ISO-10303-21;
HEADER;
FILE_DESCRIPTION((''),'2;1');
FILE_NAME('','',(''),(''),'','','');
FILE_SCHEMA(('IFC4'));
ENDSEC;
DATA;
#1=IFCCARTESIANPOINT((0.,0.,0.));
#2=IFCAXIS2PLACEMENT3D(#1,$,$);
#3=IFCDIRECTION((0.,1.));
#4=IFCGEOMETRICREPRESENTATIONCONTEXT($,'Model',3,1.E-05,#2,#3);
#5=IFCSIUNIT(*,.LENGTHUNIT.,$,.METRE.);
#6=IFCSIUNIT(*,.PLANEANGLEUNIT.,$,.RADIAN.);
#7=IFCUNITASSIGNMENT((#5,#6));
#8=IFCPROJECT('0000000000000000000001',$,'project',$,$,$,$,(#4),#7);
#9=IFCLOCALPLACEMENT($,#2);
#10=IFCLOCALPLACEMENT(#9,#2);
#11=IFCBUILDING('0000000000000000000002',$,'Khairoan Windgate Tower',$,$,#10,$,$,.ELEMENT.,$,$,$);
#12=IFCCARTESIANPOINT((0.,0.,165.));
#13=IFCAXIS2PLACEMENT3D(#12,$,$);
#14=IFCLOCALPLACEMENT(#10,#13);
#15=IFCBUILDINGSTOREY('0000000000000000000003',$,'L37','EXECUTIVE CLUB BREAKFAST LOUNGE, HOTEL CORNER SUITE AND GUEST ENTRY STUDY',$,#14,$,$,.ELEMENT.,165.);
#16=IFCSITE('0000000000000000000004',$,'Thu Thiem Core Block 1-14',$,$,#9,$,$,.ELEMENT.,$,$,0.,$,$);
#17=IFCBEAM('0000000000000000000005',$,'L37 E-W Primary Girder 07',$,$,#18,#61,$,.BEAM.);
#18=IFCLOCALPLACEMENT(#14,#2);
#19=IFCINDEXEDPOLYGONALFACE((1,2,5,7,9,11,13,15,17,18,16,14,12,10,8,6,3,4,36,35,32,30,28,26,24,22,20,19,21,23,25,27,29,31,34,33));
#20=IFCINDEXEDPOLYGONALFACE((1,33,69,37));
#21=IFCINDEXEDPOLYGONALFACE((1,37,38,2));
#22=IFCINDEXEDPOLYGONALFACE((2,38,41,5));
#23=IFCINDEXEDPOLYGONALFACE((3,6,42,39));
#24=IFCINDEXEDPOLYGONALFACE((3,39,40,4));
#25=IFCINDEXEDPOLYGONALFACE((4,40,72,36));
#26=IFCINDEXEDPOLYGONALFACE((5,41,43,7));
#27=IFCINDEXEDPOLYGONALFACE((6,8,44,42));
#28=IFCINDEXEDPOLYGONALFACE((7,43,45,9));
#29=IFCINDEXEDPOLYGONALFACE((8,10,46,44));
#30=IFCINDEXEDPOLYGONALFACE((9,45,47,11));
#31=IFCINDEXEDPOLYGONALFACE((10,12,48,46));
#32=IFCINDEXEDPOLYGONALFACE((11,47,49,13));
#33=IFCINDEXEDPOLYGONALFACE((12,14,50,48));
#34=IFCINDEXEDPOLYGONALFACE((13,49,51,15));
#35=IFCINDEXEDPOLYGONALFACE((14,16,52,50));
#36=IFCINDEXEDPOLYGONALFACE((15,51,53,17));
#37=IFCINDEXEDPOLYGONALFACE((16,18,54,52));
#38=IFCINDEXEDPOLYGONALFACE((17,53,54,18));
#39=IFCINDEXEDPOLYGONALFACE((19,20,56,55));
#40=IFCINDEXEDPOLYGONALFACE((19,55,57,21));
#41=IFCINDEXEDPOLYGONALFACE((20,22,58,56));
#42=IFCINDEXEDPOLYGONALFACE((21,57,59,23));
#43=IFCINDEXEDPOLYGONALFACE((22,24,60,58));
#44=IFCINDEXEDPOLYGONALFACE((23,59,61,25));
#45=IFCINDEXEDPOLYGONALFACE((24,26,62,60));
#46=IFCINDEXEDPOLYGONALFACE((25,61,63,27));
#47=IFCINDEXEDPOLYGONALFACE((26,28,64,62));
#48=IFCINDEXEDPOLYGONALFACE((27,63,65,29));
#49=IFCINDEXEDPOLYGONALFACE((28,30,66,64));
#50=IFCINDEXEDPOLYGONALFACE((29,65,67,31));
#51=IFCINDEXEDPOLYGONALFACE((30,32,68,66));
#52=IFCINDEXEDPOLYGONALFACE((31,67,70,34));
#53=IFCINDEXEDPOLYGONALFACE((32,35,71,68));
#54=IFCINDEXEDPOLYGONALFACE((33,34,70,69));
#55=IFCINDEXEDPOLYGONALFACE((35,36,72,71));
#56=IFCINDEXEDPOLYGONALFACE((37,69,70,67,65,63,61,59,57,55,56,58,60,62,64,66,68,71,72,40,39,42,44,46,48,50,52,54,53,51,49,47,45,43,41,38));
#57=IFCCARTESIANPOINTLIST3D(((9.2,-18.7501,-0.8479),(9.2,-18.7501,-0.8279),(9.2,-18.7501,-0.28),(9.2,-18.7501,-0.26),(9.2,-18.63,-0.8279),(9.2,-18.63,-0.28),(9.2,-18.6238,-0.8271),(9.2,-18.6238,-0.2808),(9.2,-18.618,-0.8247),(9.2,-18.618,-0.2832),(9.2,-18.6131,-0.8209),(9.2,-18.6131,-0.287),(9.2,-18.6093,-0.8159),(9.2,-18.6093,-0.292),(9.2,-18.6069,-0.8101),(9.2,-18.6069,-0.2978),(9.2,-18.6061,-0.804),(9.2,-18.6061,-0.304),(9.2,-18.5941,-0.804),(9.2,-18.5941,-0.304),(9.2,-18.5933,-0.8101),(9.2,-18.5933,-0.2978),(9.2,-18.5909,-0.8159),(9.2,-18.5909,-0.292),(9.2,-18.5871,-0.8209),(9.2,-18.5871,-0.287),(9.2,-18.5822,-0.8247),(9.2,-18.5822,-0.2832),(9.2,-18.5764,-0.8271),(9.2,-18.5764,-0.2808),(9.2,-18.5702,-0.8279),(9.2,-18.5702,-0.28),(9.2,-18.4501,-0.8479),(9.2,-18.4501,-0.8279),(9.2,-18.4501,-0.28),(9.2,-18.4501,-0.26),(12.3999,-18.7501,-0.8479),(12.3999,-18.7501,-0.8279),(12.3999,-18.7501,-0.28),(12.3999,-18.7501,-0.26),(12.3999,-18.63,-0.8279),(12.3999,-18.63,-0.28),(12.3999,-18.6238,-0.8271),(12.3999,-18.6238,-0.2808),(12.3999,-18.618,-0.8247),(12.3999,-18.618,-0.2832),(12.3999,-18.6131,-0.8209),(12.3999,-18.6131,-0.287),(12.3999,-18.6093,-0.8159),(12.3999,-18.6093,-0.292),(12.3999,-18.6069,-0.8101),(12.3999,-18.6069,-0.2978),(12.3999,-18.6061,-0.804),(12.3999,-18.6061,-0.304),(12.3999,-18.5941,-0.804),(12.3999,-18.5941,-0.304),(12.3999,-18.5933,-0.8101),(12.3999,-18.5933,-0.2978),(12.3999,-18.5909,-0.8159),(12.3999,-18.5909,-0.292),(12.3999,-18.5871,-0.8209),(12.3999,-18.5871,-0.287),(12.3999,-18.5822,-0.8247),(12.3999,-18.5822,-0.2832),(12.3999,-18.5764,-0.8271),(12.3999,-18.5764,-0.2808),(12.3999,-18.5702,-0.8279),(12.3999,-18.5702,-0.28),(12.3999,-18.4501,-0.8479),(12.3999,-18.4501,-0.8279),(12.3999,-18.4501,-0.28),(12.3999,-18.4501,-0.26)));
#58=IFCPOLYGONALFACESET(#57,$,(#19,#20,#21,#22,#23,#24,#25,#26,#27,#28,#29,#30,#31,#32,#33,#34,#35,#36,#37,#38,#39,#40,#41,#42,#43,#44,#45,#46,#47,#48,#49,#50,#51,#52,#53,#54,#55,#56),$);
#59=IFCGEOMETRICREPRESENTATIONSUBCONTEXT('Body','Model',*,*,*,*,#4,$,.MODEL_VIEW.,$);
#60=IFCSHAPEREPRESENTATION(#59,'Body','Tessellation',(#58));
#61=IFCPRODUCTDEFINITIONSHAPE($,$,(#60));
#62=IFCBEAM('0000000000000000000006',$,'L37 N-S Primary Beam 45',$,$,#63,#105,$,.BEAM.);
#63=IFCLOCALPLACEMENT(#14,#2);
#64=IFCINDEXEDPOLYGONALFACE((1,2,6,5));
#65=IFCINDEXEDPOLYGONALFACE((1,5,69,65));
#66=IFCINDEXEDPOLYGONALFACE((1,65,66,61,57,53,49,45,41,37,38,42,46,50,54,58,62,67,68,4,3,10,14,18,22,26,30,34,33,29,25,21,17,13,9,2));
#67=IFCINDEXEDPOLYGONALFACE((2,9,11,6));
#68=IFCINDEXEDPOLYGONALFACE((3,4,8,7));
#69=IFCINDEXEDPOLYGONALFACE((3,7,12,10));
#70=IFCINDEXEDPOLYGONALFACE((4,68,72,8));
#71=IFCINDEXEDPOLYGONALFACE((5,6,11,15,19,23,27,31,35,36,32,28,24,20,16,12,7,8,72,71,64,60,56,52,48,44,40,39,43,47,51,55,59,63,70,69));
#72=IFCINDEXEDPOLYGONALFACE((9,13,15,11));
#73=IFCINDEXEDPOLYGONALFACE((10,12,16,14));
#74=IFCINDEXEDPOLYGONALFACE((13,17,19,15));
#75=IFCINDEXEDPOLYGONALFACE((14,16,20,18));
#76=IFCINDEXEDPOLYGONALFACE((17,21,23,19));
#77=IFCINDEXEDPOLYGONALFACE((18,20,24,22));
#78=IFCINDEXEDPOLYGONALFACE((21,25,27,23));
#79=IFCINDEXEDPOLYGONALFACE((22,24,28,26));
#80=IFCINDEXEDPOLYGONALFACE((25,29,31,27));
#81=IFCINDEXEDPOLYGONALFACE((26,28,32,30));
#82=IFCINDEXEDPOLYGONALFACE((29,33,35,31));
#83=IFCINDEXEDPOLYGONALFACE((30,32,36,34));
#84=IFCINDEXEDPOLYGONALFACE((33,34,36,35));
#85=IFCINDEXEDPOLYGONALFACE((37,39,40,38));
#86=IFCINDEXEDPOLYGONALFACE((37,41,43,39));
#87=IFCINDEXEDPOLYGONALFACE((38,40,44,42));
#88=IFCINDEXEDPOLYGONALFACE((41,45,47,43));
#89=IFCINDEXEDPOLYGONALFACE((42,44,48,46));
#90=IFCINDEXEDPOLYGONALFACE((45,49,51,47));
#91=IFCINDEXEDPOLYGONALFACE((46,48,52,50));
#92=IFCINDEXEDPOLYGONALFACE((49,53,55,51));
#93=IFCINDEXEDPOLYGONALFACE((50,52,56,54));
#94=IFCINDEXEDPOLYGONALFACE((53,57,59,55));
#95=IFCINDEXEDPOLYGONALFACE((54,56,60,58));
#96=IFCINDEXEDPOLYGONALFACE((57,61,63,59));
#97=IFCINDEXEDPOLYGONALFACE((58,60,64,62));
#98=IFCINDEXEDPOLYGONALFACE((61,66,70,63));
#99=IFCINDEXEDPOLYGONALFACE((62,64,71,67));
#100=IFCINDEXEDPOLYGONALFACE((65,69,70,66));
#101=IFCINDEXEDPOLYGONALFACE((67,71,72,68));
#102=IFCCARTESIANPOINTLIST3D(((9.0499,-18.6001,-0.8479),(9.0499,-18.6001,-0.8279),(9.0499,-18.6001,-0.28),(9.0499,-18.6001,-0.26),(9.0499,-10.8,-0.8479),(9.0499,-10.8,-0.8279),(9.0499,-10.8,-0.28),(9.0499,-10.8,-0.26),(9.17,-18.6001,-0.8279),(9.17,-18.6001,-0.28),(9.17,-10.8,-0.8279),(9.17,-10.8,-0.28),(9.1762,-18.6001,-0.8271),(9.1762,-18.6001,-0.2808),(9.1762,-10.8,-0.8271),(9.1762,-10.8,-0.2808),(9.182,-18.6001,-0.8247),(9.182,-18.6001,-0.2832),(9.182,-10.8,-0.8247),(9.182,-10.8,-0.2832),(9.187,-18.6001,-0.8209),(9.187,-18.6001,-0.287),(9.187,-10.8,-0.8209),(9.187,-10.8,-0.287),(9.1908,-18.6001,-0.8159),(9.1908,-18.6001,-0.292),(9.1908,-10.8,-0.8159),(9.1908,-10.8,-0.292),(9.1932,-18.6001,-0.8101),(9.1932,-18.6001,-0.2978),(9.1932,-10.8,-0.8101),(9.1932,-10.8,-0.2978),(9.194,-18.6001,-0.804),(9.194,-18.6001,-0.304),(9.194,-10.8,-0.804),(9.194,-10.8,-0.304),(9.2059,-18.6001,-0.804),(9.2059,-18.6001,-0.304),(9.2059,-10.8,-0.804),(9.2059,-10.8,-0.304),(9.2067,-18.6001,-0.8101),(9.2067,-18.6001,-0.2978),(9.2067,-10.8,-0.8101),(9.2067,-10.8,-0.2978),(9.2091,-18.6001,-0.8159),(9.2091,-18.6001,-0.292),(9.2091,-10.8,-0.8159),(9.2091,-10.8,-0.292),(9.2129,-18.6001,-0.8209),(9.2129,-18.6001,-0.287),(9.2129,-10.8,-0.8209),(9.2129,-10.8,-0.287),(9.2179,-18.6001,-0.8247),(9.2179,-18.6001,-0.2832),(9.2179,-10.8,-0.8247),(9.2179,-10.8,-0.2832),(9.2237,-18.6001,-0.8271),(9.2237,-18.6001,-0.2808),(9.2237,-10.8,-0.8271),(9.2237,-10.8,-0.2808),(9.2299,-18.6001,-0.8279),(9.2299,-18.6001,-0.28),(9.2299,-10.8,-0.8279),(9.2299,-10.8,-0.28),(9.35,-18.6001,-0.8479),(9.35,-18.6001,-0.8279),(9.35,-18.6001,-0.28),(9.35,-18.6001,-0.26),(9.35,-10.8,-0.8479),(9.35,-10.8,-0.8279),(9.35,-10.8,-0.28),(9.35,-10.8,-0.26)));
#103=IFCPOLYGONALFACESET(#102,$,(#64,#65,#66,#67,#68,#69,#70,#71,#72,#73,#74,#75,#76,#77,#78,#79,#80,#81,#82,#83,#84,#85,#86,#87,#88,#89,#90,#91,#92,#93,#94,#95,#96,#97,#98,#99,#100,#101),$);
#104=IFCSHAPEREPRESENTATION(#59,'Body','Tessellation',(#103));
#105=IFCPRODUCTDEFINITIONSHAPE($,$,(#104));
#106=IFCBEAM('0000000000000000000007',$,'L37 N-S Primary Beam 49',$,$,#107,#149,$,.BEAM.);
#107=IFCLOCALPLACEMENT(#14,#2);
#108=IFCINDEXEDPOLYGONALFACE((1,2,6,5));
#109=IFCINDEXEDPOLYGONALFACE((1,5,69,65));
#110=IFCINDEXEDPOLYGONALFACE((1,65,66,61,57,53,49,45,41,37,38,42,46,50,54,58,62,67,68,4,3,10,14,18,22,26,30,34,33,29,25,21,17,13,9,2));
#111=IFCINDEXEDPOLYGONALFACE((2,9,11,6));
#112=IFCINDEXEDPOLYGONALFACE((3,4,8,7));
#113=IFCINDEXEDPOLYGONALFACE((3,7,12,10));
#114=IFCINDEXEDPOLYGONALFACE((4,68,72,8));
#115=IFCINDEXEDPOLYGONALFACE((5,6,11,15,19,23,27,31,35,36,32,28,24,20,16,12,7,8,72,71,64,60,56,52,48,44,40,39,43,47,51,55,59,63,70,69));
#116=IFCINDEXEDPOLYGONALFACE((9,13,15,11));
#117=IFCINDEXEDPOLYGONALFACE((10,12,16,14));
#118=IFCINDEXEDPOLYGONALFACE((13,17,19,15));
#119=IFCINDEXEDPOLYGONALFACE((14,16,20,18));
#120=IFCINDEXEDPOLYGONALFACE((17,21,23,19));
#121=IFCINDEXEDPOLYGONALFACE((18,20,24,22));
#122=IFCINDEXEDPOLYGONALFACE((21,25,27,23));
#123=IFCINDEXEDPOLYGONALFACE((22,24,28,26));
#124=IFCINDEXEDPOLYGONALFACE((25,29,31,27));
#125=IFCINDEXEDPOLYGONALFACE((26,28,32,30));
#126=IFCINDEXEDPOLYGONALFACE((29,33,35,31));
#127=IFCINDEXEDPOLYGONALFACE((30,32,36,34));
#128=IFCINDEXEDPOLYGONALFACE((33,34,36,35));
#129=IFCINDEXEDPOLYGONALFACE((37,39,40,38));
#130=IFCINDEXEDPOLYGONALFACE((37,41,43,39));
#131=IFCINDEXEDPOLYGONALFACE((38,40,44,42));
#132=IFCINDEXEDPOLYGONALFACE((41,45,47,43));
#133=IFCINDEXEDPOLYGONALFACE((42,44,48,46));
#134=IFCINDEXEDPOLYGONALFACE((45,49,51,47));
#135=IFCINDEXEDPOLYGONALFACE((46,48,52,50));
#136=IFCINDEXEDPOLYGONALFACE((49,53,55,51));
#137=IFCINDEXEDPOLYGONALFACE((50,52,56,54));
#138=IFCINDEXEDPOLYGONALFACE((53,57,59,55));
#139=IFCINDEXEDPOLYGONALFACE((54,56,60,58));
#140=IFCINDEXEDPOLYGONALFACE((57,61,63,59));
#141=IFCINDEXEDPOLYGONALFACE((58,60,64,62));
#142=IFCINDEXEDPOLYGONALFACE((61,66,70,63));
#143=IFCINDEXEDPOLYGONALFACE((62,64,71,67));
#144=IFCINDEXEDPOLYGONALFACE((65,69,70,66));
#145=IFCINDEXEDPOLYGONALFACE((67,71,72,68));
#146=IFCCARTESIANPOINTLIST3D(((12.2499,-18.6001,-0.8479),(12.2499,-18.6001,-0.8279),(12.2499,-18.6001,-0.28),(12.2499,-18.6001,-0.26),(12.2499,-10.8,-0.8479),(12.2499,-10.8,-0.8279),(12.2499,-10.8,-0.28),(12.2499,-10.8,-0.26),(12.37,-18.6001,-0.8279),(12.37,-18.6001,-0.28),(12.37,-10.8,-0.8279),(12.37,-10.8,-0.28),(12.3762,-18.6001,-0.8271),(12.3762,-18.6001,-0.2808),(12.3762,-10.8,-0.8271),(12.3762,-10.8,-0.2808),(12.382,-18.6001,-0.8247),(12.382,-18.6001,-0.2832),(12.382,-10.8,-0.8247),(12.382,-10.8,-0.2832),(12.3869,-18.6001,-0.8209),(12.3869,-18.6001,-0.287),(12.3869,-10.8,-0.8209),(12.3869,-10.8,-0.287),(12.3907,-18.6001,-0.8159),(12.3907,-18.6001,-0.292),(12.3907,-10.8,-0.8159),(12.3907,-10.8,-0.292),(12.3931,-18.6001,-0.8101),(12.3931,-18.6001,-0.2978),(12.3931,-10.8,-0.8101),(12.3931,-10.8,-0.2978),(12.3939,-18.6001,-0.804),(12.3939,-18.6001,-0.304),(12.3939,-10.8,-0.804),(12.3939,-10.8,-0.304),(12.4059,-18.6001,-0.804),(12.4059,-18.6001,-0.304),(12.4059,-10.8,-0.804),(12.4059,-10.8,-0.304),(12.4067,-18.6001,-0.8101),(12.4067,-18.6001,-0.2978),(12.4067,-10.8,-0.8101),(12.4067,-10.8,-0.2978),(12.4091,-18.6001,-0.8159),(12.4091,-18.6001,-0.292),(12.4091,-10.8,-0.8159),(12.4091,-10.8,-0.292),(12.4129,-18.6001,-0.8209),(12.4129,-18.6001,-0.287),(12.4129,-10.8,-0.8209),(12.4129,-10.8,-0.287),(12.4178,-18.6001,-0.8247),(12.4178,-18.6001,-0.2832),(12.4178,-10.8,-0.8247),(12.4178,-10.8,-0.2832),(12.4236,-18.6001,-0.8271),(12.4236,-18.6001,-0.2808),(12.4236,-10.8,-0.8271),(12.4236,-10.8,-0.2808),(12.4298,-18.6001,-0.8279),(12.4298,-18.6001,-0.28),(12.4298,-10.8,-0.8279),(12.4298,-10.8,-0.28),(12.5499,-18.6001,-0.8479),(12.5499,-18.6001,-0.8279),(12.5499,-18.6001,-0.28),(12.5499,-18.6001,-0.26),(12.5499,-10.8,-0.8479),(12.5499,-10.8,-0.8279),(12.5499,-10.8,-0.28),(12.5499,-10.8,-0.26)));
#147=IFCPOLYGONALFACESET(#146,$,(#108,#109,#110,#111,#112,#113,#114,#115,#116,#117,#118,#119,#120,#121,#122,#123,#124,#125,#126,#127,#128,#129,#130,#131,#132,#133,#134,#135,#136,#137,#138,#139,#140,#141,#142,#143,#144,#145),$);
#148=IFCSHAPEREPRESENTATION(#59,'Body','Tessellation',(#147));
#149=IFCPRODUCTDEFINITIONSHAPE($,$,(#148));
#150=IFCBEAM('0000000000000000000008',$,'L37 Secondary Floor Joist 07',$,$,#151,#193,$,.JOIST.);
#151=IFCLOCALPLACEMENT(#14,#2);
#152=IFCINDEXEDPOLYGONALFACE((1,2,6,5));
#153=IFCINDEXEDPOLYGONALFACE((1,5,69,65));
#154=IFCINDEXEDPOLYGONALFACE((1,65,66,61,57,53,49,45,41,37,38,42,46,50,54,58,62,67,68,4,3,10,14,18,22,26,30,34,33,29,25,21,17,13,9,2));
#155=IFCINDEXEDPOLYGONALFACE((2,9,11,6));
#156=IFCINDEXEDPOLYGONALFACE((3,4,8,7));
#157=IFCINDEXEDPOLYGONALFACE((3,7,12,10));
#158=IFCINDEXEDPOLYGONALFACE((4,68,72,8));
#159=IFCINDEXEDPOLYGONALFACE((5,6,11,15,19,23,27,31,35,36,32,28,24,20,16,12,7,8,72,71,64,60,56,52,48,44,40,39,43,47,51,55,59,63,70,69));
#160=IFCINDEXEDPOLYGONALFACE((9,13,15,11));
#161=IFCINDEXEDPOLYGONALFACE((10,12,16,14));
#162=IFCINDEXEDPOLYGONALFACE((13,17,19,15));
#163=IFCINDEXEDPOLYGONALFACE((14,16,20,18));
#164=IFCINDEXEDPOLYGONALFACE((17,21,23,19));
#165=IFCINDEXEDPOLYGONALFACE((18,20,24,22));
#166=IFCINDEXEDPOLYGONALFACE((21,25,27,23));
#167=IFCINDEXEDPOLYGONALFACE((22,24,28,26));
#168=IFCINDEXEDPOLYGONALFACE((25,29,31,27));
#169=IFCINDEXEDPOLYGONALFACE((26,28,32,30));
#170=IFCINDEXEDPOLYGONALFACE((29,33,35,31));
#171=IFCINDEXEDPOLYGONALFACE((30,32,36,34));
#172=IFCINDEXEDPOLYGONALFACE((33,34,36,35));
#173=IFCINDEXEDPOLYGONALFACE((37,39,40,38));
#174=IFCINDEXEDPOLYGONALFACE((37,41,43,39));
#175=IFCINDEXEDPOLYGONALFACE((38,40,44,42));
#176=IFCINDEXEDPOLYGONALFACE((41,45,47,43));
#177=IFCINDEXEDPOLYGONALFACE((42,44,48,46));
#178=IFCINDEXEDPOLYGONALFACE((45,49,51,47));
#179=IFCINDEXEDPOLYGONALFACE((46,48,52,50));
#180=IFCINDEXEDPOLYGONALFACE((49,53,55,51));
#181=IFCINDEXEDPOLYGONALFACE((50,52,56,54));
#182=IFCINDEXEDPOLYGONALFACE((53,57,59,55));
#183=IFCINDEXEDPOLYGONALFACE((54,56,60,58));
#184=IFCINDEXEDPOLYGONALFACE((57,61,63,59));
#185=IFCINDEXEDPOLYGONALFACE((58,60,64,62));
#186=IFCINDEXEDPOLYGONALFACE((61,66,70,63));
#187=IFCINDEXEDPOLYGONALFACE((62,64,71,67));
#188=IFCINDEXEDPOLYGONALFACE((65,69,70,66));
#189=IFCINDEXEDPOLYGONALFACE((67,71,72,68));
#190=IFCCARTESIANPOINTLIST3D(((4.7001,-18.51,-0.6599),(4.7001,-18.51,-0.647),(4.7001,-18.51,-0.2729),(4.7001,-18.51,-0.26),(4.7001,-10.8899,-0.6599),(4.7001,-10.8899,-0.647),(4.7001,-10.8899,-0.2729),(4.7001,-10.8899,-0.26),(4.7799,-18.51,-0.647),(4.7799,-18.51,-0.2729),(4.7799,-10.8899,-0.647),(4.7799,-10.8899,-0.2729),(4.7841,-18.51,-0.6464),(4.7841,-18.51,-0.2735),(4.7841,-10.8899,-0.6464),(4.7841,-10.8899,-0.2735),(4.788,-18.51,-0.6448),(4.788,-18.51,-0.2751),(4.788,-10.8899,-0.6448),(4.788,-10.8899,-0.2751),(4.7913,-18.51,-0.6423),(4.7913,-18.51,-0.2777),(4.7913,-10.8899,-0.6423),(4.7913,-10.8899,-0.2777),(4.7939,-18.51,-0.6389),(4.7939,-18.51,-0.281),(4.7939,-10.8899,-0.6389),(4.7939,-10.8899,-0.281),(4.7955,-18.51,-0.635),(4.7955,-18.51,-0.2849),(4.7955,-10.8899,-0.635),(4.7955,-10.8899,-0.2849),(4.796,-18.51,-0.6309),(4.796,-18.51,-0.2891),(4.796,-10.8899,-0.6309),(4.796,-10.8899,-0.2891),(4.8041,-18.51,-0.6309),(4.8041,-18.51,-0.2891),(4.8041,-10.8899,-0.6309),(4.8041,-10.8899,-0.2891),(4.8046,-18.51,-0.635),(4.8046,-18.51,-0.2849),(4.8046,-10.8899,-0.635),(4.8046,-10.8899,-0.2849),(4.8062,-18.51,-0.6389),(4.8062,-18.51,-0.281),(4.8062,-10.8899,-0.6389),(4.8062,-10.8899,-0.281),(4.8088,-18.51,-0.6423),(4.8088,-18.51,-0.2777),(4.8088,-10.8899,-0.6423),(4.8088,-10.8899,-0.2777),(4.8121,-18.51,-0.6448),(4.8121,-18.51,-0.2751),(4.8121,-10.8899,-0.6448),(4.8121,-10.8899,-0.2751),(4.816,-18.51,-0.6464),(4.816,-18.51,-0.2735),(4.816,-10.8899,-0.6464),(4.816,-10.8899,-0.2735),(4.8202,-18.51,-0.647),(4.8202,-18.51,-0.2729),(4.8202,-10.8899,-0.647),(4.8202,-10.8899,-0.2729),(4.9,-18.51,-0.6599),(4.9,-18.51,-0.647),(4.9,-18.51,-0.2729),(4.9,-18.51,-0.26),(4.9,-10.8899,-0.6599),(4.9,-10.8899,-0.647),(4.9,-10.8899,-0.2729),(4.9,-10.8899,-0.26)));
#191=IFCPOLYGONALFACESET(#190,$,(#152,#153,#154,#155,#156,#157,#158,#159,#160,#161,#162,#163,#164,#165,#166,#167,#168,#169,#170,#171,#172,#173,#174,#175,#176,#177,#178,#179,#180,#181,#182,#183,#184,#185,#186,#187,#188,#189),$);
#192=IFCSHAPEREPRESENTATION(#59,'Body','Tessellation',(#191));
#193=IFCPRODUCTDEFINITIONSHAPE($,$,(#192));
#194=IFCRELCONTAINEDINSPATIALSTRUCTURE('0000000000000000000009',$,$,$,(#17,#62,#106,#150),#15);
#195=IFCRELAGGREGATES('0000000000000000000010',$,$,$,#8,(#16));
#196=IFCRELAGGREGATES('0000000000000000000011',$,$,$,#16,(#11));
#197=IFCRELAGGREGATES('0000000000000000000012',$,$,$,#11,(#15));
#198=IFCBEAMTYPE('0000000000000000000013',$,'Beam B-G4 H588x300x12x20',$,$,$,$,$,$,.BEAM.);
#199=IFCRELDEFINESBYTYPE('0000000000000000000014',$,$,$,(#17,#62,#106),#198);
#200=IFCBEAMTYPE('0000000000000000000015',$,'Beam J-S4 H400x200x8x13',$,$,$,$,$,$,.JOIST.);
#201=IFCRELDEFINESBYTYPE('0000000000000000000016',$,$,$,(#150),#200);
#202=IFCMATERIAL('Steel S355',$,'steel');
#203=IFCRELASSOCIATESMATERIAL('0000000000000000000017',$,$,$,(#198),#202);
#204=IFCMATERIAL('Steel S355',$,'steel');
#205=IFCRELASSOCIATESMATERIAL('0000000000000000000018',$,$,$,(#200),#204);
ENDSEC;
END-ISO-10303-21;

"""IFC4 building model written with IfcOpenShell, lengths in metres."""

from ifc_helpers import new_model, si_unit, direction, frame, origin, origin_2d, place, context, subcontext, project, spatial, i_section, extrude, material, material_profile, profile_set, type_object, element, save


model = new_model("IFC4")

# Units and contexts
model_context = context("Model", 3, precision=1e-05, world=origin(), true_north=direction((0.0, 1.0)))
body_context = subcontext(model_context, "Body", "Model", "MODEL_VIEW")
ifc_project = project(units=[si_unit("LENGTHUNIT", "METRE"), si_unit("PLANEANGLEUNIT", "RADIAN")], contexts=[model_context])

# Site, building, storey
site_placement = place(None, origin())
site = spatial("IfcSite", under=ifc_project, at=site_placement, Name="Thu Thiem Core Block 1-14", CompositionType="ELEMENT", RefElevation=0.0)
building_placement = place(site_placement, origin())
building = spatial("IfcBuilding", under=site, at=building_placement, Name="Khairoan Windgate Tower", CompositionType="ELEMENT")
storey_placement = place(building_placement, frame((0.0, 0.0, 165.0)))
storey = spatial("IfcBuildingStorey", under=building, at=storey_placement, Name="L37", Description="EXECUTIVE CLUB BREAKFAST LOUNGE, HOTEL CORNER SUITE AND GUEST ENTRY STUDY", CompositionType="ELEMENT", Elevation=165.0)

# Beams
ifc_material_1 = material(Name="Steel S355", Category="steel")
ifc_material_profile_1 = material_profile(ifc_material_1, i_section(OverallWidth=0.3, OverallDepth=0.5879, WebThickness=0.012, FlangeThickness=0.02, FilletRadius=0.0239, at=origin_2d()))
ifc_profile_set_1 = profile_set([ifc_material_profile_1], Name="Steel S355")
beam_type_1 = type_object("IfcBeamType", Name="Beam B-G4 H588x300x12x20", PredefinedType="BEAM", material=ifc_profile_set_1)
beam_1_placement = place(storey_placement, frame((9.2, -18.6001, -0.554), z_axis=(1.0, 0.0, 0.0), x_axis=(0.0, 1.0, 0.0)))
element("IfcBeam", 1, at=beam_1_placement, inside=storey, type_object=beam_type_1, Name="L37 E-W Primary Girder 07", PredefinedType="BEAM", context=body_context, shape_type="SweptSolid", body=[
    extrude(i_section(OverallWidth=0.3, OverallDepth=0.5879, WebThickness=0.012, FlangeThickness=0.02, FilletRadius=0.0239, at=origin_2d()), origin(), (0.0, 0.0, 1.0), 3.2),
])
for number, where, z_axis, x_axis, name in (
    (2, (9.2, -18.6001, -0.554), (0.0, 1.0, 0.0), (-1.0, 0.0, 0.0), "L37 N-S Primary Beam 45"),
    (3, (12.3999, -18.6001, -0.554), (0.0, 1.0, 0.0), (-1.0, 0.0, 0.0), "L37 N-S Primary Beam 49"),
):
    element("IfcBeam", number, at=place(storey_placement, frame(where, z_axis=z_axis, x_axis=x_axis)), inside=storey, type_object=beam_type_1, Name=name, PredefinedType="BEAM", context=body_context, shape_type="SweptSolid", body=[
        extrude(i_section(OverallWidth=0.3, OverallDepth=0.5879, WebThickness=0.012, FlangeThickness=0.02, FilletRadius=0.0239, at=origin_2d()), origin(), (0.0, 0.0, 1.0), 7.8),
    ])
ifc_material_2 = material(Name="Steel S355", Category="steel")
ifc_material_profile_2 = material_profile(ifc_material_2, i_section(OverallWidth=0.2, OverallDepth=0.3999, WebThickness=0.0081, FlangeThickness=0.0129, FilletRadius=0.0161, at=origin_2d()))
ifc_profile_set_2 = profile_set([ifc_material_profile_2], Name="Steel S355")
beam_type_2 = type_object("IfcBeamType", Name="Beam J-S4 H400x200x8x13", PredefinedType="JOIST", material=ifc_profile_set_2)
beam_2_placement = place(storey_placement, frame((4.8, -18.51, -0.46), z_axis=(0.0, 1.0, 0.0), x_axis=(-1.0, 0.0, 0.0)))
element("IfcBeam", 4, at=beam_2_placement, inside=storey, type_object=beam_type_2, Name="L37 Secondary Floor Joist 07", PredefinedType="JOIST", context=body_context, shape_type="SweptSolid", body=[
    extrude(i_section(OverallWidth=0.2, OverallDepth=0.3999, WebThickness=0.0081, FlangeThickness=0.0129, FilletRadius=0.0161, at=origin_2d()), origin(), (0.0, 0.0, 1.0), 7.6201),
])

save(model, "model.ifc")
